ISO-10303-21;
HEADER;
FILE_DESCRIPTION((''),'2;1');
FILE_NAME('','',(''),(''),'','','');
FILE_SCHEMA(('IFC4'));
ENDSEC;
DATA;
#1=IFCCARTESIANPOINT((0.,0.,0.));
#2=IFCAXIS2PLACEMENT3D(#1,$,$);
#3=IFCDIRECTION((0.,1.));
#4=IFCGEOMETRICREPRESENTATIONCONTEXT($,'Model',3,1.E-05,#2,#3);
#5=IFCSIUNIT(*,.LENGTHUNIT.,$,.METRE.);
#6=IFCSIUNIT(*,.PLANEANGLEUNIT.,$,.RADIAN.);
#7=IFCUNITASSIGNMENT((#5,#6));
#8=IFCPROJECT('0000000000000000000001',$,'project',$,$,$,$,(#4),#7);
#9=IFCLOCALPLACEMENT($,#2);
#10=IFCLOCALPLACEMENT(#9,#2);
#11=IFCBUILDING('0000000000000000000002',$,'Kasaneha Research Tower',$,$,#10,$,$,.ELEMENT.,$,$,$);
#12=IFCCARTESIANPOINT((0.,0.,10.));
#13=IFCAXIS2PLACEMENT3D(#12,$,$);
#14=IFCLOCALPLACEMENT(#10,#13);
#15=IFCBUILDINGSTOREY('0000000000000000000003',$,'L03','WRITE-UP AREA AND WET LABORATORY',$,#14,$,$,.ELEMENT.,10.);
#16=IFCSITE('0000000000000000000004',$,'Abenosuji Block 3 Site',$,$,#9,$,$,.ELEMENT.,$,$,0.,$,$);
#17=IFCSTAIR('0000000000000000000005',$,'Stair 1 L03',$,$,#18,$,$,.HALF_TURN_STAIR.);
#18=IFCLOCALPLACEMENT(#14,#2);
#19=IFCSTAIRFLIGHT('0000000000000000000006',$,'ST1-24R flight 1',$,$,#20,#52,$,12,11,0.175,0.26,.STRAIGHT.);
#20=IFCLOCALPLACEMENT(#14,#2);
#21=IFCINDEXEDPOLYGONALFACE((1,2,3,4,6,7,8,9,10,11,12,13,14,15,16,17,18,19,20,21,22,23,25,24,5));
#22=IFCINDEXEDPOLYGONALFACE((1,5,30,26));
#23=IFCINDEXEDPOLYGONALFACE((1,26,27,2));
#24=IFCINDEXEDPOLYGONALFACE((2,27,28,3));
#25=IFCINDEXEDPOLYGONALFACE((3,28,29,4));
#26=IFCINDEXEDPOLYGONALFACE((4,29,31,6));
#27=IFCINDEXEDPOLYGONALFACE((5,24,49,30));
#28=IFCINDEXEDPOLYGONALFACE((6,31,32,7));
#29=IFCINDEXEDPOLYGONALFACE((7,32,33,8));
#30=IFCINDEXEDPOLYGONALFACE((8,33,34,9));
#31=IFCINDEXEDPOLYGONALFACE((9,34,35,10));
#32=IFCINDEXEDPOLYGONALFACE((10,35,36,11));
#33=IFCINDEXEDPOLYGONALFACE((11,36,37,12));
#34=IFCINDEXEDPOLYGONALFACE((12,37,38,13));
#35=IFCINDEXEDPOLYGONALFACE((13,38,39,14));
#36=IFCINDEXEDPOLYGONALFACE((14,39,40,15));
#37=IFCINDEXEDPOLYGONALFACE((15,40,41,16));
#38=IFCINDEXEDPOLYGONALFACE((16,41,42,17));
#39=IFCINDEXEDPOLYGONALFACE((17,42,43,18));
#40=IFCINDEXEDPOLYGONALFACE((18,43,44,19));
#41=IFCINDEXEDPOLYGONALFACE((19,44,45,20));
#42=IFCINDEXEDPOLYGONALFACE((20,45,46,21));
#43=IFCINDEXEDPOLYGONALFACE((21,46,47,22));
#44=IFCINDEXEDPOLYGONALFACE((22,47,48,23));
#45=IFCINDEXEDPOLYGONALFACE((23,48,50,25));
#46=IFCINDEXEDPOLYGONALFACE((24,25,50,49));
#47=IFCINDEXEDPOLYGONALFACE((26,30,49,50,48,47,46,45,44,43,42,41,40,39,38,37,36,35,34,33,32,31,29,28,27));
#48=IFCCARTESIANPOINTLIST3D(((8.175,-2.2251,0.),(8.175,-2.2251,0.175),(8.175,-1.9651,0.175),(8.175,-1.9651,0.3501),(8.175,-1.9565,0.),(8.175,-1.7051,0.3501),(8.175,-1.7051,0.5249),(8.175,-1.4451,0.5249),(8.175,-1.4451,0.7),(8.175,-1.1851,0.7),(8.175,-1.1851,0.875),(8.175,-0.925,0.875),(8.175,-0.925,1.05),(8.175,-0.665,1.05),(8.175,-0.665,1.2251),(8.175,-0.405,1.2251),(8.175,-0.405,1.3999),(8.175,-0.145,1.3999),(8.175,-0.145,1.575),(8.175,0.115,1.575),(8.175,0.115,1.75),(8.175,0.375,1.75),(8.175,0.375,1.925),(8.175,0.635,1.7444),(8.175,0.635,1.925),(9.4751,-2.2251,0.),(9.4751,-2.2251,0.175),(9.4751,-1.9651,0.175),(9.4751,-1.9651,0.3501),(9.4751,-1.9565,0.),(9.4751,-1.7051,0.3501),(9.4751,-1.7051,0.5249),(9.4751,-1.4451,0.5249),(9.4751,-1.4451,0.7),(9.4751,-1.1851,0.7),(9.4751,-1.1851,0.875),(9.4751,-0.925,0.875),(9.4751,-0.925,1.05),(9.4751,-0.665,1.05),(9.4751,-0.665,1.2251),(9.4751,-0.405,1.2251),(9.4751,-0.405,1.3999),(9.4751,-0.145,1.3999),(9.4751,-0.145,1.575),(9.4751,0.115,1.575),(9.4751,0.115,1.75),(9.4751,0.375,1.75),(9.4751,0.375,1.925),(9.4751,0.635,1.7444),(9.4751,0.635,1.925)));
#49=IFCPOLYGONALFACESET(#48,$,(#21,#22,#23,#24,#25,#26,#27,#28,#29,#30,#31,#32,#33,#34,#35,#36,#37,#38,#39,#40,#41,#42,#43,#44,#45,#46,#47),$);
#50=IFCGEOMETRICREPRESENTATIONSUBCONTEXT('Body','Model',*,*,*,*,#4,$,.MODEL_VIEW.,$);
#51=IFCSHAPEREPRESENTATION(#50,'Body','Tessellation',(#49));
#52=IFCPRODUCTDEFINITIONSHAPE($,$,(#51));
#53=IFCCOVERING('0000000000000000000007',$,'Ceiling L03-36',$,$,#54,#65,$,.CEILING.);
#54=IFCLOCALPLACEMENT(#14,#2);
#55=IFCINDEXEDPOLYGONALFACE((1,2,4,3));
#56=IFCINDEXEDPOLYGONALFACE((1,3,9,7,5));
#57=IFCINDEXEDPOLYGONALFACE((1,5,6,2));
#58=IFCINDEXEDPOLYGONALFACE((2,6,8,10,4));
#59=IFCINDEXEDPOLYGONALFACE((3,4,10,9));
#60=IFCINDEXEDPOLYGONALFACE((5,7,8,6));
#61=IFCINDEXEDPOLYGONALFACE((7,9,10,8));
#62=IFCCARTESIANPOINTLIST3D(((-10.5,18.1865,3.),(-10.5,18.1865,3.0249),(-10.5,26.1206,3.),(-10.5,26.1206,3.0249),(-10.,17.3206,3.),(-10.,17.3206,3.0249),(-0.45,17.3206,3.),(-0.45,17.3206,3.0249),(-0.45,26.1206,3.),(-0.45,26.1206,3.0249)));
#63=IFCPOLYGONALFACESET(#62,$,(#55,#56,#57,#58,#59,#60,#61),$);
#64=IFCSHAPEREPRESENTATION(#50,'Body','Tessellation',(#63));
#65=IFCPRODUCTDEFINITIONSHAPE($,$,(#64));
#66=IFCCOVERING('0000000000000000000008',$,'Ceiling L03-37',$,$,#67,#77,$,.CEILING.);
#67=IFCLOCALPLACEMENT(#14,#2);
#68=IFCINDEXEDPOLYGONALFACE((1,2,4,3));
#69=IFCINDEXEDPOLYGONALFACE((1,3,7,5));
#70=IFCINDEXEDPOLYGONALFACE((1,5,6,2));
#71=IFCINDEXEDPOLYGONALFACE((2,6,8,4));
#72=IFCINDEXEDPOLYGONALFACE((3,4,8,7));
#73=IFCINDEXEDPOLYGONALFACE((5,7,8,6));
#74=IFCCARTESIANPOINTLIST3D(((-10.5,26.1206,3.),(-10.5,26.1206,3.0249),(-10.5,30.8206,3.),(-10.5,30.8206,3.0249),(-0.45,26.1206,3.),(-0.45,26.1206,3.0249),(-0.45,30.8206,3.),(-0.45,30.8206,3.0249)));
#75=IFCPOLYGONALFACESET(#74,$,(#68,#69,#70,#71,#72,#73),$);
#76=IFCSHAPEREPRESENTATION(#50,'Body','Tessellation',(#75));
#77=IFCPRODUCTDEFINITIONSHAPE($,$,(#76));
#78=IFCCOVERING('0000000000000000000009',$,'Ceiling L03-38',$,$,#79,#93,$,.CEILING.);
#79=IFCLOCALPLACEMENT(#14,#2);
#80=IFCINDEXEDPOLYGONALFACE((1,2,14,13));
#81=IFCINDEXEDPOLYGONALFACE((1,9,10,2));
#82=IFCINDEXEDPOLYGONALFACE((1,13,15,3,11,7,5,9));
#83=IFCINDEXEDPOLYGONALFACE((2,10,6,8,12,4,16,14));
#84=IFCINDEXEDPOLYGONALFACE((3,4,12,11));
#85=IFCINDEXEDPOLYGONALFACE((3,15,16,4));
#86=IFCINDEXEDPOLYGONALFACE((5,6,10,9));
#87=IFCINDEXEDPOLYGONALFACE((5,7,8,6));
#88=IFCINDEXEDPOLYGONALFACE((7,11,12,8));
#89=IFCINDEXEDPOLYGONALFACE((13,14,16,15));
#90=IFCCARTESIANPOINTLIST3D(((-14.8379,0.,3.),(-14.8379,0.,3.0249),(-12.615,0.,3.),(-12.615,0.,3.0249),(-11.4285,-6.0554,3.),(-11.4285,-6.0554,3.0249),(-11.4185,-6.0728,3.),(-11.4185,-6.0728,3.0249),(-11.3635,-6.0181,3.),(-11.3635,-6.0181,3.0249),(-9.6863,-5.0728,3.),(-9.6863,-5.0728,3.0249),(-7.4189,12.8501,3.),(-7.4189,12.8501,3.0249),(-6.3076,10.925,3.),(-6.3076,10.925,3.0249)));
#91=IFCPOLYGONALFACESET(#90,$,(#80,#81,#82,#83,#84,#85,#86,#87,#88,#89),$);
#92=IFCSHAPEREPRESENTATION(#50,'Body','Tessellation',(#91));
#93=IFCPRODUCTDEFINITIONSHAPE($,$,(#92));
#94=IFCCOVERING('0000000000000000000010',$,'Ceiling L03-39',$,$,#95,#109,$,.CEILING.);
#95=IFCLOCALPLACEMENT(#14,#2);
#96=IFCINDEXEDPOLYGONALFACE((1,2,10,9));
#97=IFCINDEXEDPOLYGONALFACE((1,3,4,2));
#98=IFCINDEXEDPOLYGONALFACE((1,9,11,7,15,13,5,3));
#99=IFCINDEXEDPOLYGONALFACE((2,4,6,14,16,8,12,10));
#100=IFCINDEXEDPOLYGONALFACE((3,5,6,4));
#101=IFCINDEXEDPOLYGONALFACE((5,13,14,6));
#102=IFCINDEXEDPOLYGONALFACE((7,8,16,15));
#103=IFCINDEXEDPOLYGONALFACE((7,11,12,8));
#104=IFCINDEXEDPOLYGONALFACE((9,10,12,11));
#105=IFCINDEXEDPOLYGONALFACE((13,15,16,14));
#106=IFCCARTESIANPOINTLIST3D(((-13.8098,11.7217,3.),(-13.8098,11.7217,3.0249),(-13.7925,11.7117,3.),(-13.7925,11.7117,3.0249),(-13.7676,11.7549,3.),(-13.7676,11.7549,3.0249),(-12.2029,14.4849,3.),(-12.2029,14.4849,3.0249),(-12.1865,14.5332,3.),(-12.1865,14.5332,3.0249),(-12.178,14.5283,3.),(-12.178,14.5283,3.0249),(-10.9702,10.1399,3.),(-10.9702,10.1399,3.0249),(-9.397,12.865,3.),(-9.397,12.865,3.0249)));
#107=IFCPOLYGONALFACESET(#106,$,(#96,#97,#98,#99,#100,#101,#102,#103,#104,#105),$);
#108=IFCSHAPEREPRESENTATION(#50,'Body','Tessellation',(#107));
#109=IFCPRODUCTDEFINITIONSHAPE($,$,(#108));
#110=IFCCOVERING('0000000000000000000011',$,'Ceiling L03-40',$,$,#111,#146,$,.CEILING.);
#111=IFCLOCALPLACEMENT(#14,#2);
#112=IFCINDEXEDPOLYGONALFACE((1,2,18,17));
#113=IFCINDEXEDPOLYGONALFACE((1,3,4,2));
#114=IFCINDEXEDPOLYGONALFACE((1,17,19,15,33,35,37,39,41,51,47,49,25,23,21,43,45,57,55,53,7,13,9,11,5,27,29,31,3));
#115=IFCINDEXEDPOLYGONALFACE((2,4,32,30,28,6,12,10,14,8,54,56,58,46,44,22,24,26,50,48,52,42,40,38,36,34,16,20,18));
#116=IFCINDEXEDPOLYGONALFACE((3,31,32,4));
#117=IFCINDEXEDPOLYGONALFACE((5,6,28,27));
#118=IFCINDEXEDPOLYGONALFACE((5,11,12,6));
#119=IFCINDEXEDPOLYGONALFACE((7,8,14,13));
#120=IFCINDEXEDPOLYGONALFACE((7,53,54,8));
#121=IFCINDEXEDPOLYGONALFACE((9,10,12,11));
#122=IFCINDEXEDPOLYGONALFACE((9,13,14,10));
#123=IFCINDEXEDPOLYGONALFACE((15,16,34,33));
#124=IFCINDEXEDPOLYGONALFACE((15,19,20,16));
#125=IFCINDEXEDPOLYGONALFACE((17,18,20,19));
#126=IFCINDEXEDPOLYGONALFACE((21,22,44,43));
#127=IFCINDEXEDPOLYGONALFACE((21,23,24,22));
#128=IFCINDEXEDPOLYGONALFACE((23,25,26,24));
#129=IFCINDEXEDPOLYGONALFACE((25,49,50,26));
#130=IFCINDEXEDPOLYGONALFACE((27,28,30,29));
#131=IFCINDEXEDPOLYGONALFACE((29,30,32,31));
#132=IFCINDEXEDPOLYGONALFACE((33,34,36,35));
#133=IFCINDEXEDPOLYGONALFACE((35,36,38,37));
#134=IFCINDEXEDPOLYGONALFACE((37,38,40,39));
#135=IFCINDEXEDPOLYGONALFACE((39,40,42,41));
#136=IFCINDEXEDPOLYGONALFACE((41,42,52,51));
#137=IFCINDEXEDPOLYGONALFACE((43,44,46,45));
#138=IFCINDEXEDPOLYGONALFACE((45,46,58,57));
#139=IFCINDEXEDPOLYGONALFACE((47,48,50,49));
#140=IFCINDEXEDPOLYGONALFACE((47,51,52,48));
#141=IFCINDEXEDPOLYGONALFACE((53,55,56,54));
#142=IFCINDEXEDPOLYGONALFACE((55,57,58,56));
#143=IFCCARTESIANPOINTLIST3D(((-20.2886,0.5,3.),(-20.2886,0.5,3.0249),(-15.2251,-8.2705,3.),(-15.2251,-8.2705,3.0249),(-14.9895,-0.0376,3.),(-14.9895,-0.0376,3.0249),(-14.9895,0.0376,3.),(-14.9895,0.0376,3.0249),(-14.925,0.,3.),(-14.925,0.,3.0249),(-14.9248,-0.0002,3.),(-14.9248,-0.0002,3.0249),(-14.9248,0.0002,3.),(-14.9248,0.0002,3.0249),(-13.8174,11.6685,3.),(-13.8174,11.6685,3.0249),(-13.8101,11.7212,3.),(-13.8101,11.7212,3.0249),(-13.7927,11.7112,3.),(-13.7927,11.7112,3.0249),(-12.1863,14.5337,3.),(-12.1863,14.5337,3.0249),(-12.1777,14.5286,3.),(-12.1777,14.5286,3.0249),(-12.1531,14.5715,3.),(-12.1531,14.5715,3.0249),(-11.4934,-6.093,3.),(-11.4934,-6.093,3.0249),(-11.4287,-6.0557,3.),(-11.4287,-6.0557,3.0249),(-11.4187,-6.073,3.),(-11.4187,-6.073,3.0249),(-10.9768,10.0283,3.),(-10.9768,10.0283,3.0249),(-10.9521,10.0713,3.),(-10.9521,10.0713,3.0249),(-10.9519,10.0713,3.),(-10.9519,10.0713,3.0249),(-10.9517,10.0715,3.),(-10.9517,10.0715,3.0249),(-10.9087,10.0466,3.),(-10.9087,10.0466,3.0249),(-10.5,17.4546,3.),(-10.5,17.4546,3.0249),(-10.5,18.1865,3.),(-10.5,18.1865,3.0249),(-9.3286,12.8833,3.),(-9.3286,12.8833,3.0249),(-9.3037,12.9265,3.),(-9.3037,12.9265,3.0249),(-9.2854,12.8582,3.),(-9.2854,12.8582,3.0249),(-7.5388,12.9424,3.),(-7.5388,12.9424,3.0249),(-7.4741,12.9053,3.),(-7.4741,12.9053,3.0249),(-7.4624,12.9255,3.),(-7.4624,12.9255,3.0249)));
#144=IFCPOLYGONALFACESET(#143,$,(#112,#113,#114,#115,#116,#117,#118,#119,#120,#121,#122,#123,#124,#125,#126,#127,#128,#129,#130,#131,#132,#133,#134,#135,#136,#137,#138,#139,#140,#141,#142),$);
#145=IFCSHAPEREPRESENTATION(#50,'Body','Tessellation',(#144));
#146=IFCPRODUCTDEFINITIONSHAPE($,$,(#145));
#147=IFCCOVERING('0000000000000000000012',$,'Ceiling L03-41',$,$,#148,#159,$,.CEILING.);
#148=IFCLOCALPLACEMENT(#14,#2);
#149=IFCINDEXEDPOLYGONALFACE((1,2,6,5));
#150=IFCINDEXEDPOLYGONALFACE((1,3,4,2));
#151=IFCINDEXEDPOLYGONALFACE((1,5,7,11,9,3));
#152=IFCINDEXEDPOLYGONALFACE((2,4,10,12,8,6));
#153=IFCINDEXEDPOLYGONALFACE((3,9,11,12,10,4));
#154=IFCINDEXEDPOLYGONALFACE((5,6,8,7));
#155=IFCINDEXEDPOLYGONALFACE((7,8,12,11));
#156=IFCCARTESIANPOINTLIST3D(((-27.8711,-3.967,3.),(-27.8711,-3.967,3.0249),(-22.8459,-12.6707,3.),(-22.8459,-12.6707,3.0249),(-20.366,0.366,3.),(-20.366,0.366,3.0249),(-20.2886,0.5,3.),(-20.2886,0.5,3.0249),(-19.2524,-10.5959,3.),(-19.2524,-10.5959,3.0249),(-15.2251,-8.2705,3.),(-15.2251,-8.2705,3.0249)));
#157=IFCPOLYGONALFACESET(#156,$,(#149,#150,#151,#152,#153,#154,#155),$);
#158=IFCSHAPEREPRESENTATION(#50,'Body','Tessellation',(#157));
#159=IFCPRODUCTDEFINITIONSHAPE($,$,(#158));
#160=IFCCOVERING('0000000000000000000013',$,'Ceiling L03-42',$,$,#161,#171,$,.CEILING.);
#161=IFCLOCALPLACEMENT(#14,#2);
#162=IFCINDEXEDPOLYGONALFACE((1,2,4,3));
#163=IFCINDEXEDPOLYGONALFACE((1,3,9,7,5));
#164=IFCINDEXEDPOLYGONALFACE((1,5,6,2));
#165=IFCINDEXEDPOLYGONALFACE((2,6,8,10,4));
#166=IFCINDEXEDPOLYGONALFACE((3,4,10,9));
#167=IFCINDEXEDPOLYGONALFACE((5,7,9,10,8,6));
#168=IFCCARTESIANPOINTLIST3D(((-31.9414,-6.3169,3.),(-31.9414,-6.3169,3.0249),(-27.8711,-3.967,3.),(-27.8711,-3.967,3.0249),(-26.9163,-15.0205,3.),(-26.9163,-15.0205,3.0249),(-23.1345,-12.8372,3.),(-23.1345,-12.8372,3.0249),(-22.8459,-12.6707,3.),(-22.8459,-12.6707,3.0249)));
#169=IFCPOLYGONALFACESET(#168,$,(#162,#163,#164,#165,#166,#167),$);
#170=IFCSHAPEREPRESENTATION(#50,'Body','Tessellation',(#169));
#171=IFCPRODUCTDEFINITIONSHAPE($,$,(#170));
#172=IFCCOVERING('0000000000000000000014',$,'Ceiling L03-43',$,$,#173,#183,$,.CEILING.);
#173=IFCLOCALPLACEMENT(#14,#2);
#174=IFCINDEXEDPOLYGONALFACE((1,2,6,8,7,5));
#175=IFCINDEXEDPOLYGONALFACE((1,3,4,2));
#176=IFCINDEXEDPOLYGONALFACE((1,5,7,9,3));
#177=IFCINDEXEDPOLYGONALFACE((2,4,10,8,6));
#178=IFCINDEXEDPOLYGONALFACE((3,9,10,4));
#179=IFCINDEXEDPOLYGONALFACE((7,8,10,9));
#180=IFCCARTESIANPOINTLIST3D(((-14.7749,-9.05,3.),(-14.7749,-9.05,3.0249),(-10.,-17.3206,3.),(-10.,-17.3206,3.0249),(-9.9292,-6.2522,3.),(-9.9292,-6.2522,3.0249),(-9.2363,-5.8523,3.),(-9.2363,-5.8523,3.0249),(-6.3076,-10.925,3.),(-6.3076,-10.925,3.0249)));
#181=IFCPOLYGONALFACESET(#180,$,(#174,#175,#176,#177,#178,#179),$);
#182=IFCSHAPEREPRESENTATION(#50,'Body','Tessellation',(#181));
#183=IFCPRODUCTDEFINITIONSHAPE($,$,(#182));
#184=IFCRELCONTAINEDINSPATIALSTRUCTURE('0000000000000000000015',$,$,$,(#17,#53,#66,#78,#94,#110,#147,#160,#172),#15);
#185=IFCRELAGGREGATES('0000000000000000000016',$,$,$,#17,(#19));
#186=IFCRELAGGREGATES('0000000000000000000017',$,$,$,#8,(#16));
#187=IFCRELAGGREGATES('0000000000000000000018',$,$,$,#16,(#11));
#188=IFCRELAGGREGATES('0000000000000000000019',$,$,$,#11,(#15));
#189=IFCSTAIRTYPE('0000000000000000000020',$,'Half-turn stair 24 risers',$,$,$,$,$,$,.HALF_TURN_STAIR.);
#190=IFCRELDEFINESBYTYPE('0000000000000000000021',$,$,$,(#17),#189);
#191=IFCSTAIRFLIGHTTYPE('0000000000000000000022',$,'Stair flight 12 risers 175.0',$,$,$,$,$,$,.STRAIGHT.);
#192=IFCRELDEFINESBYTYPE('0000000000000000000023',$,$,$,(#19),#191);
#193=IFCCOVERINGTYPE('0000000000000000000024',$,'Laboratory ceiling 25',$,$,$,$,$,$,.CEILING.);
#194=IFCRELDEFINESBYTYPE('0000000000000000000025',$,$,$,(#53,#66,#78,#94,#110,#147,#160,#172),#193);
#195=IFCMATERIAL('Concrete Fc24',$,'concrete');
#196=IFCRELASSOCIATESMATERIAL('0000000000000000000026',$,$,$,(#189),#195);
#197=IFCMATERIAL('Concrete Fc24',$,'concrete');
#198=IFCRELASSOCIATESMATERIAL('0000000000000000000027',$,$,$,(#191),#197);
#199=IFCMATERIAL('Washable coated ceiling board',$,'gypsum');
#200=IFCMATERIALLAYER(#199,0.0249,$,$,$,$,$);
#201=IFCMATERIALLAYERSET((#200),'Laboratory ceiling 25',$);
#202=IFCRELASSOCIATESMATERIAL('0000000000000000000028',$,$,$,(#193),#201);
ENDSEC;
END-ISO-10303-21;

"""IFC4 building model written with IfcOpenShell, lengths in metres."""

from ifc_helpers import new_model, si_unit, direction, frame, origin, place, context, subcontext, project, spatial, polyline, outline, extrude, material, layer, layer_set, type_object, element, aggregate, save


model = new_model("IFC4")

# Units and contexts
model_context = context("Model", 3, precision=1e-05, world=origin(), true_north=direction((0.0, 1.0)))
body_context = subcontext(model_context, "Body", "Model", "MODEL_VIEW")
ifc_project = project(units=[si_unit("LENGTHUNIT", "METRE"), si_unit("PLANEANGLEUNIT", "RADIAN")], contexts=[model_context])

# Site, building, storey
site_placement = place(None, origin())
site = spatial("IfcSite", under=ifc_project, at=site_placement, Name="Abenosuji Block 3 Site", CompositionType="ELEMENT", RefElevation=0.0)
building_placement = place(site_placement, origin())
building = spatial("IfcBuilding", under=site, at=building_placement, Name="Kasaneha Research Tower", CompositionType="ELEMENT")
storey_placement = place(building_placement, frame((0.0, 0.0, 10.0)))
storey = spatial("IfcBuildingStorey", under=building, at=storey_placement, Name="L03", Description="WRITE-UP AREA AND WET LABORATORY", CompositionType="ELEMENT", Elevation=10.0)

# Stair, stair flight
ifc_material_1 = material(Name="Concrete Fc24", Category="concrete")
stair_type = type_object("IfcStairType", Name="Half-turn stair 24 risers", PredefinedType="HALF_TURN_STAIR", material=ifc_material_1)
stair_placement = place(storey_placement, origin())
stair = element("IfcStair", 1, at=stair_placement, inside=storey, type_object=stair_type, Name="Stair 1 L03", PredefinedType="HALF_TURN_STAIR")
ifc_material_2 = material(Name="Concrete Fc24", Category="concrete")
stair_flight_type = type_object("IfcStairFlightType", Name="Stair flight 12 risers 175.0", PredefinedType="STRAIGHT", material=ifc_material_2)
stair_flight_placement = place(storey_placement, frame((8.825, -2.2251, 0.0), z_axis=(0.0, 0.0, 1.0), x_axis=(0.0, 1.0, 0.0)))
stair_flight = element("IfcStairFlight", 2, at=stair_flight_placement, type_object=stair_flight_type, Name="ST1-24R flight 1", NumberOfRisers=12, NumberOfTreads=11, PredefinedType="STRAIGHT", RiserHeight=0.175, TreadLength=0.26, context=body_context, shape_type="SweptSolid", body=[
    extrude(outline(polyline([(0.0, 0.0), (0.0, 0.175), (0.26, 0.175), (0.26, 0.3501), (0.52, 0.3501), (0.52, 0.5249), (0.78, 0.5249), (0.78, 0.7), (1.04, 0.7), (1.04, 0.875), (1.3, 0.875), (1.3, 1.05), (1.5601, 1.05), (1.5601, 1.2251), (1.8201, 1.2251), (1.8201, 1.3999), (2.0801, 1.3999), (2.0801, 1.575), (2.3401, 1.575), (2.3401, 1.75), (2.6001, 1.75), (2.6001, 1.925), (2.8601, 1.925), (2.8601, 2.1001), (2.8601, 1.7444), (0.2686, 0.0), (0.0, 0.0)])), frame((0.0, 0.6499, 0.0), z_axis=(0.0, -1.0, 0.0), x_axis=(1.0, 0.0, 0.0)), (0.0, 0.0, 1.0), 1.3),
])
aggregate(stair, [stair_flight])

# Coverings
ifc_material_3 = material(Name="Washable coated ceiling board", Category="gypsum")
ifc_layer_1 = layer(ifc_material_3, 0.0249)
ifc_layer_set_1 = layer_set([ifc_layer_1], Name="Laboratory ceiling 25")
covering_type = type_object("IfcCoveringType", Name="Laboratory ceiling 25", PredefinedType="CEILING", material=ifc_layer_set_1)
covering_1_placement = place(storey_placement, frame((0.0, 0.0, 3.0)))
element("IfcCovering", 3, at=covering_1_placement, inside=storey, type_object=covering_type, Name="Ceiling L03-36", PredefinedType="CEILING", context=body_context, shape_type="SweptSolid", body=[
    extrude(outline(polyline([(-10.5, 26.1206), (-0.45, 26.1206), (-0.45, 17.3206), (-10.0, 17.3206), (-10.5, 18.1865), (-10.5, 26.1206)])), origin(), (0.0, 0.0, 1.0), 0.0249),
])
covering_2_placement = place(storey_placement, frame((0.0, 0.0, 3.0)))
element("IfcCovering", 4, at=covering_2_placement, inside=storey, type_object=covering_type, Name="Ceiling L03-37", PredefinedType="CEILING", context=body_context, shape_type="SweptSolid", body=[
    extrude(outline(polyline([(-0.45, 30.8206), (-0.45, 26.1206), (-10.5, 26.1206), (-10.5, 30.8206), (-0.45, 30.8206)])), origin(), (0.0, 0.0, 1.0), 0.0249),
])
covering_3_placement = place(storey_placement, frame((0.0, 0.0, 3.0)))
element("IfcCovering", 5, at=covering_3_placement, inside=storey, type_object=covering_type, Name="Ceiling L03-38", PredefinedType="CEILING", context=body_context, shape_type="SweptSolid", body=[
    extrude(outline(polyline([(-12.615, 0.0), (-9.6863, -5.0728), (-11.4185, -6.0728), (-11.4285, -6.0554), (-11.3635, -6.0181), (-14.8379, 0.0), (-7.4189, 12.8501), (-6.3076, 10.925), (-12.615, 0.0)])), origin(), (0.0, 0.0, 1.0), 0.0249),
])
covering_4_placement = place(storey_placement, frame((0.0, 0.0, 3.0)))
element("IfcCovering", 6, at=covering_4_placement, inside=storey, type_object=covering_type, Name="Ceiling L03-39", PredefinedType="CEILING", context=body_context, shape_type="SweptSolid", body=[
    extrude(outline(polyline([(-12.1865, 14.5332), (-12.178, 14.5283), (-12.2029, 14.4849), (-9.397, 12.865), (-10.9702, 10.1399), (-13.7676, 11.7549), (-13.7925, 11.7117), (-13.8098, 11.7217), (-12.1865, 14.5332)])), origin(), (0.0, 0.0, 1.0), 0.0249),
])
covering_5_placement = place(storey_placement, frame((0.0, 0.0, 3.0)))
element("IfcCovering", 7, at=covering_5_placement, inside=storey, type_object=covering_type, Name="Ceiling L03-40", PredefinedType="CEILING", context=body_context, shape_type="SweptSolid", body=[
    extrude(outline(polyline([(-14.9248, -0.0002), (-14.9895, -0.0376), (-11.4934, -6.093), (-11.4287, -6.0557), (-11.4187, -6.073), (-15.2251, -8.2705), (-20.2886, 0.5), (-13.8101, 11.7212), (-13.7927, 11.7112), (-13.8174, 11.6685), (-10.9768, 10.0283), (-10.9521, 10.0713), (-10.9519, 10.0713), (-10.9517, 10.0715), (-10.9087, 10.0466), (-9.2854, 12.8582), (-9.3286, 12.8833), (-9.3037, 12.9265), (-12.1531, 14.5715), (-12.1777, 14.5286), (-12.1863, 14.5337), (-10.5, 17.4546), (-10.5, 18.1865), (-7.4624, 12.9255), (-7.4741, 12.9053), (-7.5388, 12.9424), (-14.9895, 0.0376), (-14.9248, 0.0002), (-14.925, 0.0), (-14.9248, -0.0002)])), origin(), (0.0, 0.0, 1.0), 0.0249),
])
covering_6_placement = place(storey_placement, frame((0.0, 0.0, 3.0)))
element("IfcCovering", 8, at=covering_6_placement, inside=storey, type_object=covering_type, Name="Ceiling L03-41", PredefinedType="CEILING", context=body_context, shape_type="SweptSolid", body=[
    extrude(outline(polyline([(-22.8459, -12.6707), (-27.8711, -3.967), (-20.366, 0.366), (-20.2886, 0.5), (-15.2251, -8.2705), (-19.2524, -10.5959), (-22.8459, -12.6707)])), origin(), (0.0, 0.0, 1.0), 0.0249),
])
covering_7_placement = place(storey_placement, frame((0.0, 0.0, 3.0)))
element("IfcCovering", 9, at=covering_7_placement, inside=storey, type_object=covering_type, Name="Ceiling L03-42", PredefinedType="CEILING", context=body_context, shape_type="SweptSolid", body=[
    extrude(outline(polyline([(-26.9163, -15.0205), (-31.9414, -6.3169), (-27.8711, -3.967), (-22.8459, -12.6707), (-23.1345, -12.8372), (-26.9163, -15.0205)])), origin(), (0.0, 0.0, 1.0), 0.0249),
])
covering_8_placement = place(storey_placement, frame((0.0, 0.0, 3.0)))
element("IfcCovering", 10, at=covering_8_placement, inside=storey, type_object=covering_type, Name="Ceiling L03-43", PredefinedType="CEILING", context=body_context, shape_type="SweptSolid", body=[
    extrude(outline(polyline([(-9.2363, -5.8523), (-6.3076, -10.925), (-10.0, -17.3206), (-14.7749, -9.05), (-9.9292, -6.2522), (-9.9292, -6.2522), (-9.2363, -5.8523)])), origin(), (0.0, 0.0, 1.0), 0.0249),
])

save(model, "model.ifc")
